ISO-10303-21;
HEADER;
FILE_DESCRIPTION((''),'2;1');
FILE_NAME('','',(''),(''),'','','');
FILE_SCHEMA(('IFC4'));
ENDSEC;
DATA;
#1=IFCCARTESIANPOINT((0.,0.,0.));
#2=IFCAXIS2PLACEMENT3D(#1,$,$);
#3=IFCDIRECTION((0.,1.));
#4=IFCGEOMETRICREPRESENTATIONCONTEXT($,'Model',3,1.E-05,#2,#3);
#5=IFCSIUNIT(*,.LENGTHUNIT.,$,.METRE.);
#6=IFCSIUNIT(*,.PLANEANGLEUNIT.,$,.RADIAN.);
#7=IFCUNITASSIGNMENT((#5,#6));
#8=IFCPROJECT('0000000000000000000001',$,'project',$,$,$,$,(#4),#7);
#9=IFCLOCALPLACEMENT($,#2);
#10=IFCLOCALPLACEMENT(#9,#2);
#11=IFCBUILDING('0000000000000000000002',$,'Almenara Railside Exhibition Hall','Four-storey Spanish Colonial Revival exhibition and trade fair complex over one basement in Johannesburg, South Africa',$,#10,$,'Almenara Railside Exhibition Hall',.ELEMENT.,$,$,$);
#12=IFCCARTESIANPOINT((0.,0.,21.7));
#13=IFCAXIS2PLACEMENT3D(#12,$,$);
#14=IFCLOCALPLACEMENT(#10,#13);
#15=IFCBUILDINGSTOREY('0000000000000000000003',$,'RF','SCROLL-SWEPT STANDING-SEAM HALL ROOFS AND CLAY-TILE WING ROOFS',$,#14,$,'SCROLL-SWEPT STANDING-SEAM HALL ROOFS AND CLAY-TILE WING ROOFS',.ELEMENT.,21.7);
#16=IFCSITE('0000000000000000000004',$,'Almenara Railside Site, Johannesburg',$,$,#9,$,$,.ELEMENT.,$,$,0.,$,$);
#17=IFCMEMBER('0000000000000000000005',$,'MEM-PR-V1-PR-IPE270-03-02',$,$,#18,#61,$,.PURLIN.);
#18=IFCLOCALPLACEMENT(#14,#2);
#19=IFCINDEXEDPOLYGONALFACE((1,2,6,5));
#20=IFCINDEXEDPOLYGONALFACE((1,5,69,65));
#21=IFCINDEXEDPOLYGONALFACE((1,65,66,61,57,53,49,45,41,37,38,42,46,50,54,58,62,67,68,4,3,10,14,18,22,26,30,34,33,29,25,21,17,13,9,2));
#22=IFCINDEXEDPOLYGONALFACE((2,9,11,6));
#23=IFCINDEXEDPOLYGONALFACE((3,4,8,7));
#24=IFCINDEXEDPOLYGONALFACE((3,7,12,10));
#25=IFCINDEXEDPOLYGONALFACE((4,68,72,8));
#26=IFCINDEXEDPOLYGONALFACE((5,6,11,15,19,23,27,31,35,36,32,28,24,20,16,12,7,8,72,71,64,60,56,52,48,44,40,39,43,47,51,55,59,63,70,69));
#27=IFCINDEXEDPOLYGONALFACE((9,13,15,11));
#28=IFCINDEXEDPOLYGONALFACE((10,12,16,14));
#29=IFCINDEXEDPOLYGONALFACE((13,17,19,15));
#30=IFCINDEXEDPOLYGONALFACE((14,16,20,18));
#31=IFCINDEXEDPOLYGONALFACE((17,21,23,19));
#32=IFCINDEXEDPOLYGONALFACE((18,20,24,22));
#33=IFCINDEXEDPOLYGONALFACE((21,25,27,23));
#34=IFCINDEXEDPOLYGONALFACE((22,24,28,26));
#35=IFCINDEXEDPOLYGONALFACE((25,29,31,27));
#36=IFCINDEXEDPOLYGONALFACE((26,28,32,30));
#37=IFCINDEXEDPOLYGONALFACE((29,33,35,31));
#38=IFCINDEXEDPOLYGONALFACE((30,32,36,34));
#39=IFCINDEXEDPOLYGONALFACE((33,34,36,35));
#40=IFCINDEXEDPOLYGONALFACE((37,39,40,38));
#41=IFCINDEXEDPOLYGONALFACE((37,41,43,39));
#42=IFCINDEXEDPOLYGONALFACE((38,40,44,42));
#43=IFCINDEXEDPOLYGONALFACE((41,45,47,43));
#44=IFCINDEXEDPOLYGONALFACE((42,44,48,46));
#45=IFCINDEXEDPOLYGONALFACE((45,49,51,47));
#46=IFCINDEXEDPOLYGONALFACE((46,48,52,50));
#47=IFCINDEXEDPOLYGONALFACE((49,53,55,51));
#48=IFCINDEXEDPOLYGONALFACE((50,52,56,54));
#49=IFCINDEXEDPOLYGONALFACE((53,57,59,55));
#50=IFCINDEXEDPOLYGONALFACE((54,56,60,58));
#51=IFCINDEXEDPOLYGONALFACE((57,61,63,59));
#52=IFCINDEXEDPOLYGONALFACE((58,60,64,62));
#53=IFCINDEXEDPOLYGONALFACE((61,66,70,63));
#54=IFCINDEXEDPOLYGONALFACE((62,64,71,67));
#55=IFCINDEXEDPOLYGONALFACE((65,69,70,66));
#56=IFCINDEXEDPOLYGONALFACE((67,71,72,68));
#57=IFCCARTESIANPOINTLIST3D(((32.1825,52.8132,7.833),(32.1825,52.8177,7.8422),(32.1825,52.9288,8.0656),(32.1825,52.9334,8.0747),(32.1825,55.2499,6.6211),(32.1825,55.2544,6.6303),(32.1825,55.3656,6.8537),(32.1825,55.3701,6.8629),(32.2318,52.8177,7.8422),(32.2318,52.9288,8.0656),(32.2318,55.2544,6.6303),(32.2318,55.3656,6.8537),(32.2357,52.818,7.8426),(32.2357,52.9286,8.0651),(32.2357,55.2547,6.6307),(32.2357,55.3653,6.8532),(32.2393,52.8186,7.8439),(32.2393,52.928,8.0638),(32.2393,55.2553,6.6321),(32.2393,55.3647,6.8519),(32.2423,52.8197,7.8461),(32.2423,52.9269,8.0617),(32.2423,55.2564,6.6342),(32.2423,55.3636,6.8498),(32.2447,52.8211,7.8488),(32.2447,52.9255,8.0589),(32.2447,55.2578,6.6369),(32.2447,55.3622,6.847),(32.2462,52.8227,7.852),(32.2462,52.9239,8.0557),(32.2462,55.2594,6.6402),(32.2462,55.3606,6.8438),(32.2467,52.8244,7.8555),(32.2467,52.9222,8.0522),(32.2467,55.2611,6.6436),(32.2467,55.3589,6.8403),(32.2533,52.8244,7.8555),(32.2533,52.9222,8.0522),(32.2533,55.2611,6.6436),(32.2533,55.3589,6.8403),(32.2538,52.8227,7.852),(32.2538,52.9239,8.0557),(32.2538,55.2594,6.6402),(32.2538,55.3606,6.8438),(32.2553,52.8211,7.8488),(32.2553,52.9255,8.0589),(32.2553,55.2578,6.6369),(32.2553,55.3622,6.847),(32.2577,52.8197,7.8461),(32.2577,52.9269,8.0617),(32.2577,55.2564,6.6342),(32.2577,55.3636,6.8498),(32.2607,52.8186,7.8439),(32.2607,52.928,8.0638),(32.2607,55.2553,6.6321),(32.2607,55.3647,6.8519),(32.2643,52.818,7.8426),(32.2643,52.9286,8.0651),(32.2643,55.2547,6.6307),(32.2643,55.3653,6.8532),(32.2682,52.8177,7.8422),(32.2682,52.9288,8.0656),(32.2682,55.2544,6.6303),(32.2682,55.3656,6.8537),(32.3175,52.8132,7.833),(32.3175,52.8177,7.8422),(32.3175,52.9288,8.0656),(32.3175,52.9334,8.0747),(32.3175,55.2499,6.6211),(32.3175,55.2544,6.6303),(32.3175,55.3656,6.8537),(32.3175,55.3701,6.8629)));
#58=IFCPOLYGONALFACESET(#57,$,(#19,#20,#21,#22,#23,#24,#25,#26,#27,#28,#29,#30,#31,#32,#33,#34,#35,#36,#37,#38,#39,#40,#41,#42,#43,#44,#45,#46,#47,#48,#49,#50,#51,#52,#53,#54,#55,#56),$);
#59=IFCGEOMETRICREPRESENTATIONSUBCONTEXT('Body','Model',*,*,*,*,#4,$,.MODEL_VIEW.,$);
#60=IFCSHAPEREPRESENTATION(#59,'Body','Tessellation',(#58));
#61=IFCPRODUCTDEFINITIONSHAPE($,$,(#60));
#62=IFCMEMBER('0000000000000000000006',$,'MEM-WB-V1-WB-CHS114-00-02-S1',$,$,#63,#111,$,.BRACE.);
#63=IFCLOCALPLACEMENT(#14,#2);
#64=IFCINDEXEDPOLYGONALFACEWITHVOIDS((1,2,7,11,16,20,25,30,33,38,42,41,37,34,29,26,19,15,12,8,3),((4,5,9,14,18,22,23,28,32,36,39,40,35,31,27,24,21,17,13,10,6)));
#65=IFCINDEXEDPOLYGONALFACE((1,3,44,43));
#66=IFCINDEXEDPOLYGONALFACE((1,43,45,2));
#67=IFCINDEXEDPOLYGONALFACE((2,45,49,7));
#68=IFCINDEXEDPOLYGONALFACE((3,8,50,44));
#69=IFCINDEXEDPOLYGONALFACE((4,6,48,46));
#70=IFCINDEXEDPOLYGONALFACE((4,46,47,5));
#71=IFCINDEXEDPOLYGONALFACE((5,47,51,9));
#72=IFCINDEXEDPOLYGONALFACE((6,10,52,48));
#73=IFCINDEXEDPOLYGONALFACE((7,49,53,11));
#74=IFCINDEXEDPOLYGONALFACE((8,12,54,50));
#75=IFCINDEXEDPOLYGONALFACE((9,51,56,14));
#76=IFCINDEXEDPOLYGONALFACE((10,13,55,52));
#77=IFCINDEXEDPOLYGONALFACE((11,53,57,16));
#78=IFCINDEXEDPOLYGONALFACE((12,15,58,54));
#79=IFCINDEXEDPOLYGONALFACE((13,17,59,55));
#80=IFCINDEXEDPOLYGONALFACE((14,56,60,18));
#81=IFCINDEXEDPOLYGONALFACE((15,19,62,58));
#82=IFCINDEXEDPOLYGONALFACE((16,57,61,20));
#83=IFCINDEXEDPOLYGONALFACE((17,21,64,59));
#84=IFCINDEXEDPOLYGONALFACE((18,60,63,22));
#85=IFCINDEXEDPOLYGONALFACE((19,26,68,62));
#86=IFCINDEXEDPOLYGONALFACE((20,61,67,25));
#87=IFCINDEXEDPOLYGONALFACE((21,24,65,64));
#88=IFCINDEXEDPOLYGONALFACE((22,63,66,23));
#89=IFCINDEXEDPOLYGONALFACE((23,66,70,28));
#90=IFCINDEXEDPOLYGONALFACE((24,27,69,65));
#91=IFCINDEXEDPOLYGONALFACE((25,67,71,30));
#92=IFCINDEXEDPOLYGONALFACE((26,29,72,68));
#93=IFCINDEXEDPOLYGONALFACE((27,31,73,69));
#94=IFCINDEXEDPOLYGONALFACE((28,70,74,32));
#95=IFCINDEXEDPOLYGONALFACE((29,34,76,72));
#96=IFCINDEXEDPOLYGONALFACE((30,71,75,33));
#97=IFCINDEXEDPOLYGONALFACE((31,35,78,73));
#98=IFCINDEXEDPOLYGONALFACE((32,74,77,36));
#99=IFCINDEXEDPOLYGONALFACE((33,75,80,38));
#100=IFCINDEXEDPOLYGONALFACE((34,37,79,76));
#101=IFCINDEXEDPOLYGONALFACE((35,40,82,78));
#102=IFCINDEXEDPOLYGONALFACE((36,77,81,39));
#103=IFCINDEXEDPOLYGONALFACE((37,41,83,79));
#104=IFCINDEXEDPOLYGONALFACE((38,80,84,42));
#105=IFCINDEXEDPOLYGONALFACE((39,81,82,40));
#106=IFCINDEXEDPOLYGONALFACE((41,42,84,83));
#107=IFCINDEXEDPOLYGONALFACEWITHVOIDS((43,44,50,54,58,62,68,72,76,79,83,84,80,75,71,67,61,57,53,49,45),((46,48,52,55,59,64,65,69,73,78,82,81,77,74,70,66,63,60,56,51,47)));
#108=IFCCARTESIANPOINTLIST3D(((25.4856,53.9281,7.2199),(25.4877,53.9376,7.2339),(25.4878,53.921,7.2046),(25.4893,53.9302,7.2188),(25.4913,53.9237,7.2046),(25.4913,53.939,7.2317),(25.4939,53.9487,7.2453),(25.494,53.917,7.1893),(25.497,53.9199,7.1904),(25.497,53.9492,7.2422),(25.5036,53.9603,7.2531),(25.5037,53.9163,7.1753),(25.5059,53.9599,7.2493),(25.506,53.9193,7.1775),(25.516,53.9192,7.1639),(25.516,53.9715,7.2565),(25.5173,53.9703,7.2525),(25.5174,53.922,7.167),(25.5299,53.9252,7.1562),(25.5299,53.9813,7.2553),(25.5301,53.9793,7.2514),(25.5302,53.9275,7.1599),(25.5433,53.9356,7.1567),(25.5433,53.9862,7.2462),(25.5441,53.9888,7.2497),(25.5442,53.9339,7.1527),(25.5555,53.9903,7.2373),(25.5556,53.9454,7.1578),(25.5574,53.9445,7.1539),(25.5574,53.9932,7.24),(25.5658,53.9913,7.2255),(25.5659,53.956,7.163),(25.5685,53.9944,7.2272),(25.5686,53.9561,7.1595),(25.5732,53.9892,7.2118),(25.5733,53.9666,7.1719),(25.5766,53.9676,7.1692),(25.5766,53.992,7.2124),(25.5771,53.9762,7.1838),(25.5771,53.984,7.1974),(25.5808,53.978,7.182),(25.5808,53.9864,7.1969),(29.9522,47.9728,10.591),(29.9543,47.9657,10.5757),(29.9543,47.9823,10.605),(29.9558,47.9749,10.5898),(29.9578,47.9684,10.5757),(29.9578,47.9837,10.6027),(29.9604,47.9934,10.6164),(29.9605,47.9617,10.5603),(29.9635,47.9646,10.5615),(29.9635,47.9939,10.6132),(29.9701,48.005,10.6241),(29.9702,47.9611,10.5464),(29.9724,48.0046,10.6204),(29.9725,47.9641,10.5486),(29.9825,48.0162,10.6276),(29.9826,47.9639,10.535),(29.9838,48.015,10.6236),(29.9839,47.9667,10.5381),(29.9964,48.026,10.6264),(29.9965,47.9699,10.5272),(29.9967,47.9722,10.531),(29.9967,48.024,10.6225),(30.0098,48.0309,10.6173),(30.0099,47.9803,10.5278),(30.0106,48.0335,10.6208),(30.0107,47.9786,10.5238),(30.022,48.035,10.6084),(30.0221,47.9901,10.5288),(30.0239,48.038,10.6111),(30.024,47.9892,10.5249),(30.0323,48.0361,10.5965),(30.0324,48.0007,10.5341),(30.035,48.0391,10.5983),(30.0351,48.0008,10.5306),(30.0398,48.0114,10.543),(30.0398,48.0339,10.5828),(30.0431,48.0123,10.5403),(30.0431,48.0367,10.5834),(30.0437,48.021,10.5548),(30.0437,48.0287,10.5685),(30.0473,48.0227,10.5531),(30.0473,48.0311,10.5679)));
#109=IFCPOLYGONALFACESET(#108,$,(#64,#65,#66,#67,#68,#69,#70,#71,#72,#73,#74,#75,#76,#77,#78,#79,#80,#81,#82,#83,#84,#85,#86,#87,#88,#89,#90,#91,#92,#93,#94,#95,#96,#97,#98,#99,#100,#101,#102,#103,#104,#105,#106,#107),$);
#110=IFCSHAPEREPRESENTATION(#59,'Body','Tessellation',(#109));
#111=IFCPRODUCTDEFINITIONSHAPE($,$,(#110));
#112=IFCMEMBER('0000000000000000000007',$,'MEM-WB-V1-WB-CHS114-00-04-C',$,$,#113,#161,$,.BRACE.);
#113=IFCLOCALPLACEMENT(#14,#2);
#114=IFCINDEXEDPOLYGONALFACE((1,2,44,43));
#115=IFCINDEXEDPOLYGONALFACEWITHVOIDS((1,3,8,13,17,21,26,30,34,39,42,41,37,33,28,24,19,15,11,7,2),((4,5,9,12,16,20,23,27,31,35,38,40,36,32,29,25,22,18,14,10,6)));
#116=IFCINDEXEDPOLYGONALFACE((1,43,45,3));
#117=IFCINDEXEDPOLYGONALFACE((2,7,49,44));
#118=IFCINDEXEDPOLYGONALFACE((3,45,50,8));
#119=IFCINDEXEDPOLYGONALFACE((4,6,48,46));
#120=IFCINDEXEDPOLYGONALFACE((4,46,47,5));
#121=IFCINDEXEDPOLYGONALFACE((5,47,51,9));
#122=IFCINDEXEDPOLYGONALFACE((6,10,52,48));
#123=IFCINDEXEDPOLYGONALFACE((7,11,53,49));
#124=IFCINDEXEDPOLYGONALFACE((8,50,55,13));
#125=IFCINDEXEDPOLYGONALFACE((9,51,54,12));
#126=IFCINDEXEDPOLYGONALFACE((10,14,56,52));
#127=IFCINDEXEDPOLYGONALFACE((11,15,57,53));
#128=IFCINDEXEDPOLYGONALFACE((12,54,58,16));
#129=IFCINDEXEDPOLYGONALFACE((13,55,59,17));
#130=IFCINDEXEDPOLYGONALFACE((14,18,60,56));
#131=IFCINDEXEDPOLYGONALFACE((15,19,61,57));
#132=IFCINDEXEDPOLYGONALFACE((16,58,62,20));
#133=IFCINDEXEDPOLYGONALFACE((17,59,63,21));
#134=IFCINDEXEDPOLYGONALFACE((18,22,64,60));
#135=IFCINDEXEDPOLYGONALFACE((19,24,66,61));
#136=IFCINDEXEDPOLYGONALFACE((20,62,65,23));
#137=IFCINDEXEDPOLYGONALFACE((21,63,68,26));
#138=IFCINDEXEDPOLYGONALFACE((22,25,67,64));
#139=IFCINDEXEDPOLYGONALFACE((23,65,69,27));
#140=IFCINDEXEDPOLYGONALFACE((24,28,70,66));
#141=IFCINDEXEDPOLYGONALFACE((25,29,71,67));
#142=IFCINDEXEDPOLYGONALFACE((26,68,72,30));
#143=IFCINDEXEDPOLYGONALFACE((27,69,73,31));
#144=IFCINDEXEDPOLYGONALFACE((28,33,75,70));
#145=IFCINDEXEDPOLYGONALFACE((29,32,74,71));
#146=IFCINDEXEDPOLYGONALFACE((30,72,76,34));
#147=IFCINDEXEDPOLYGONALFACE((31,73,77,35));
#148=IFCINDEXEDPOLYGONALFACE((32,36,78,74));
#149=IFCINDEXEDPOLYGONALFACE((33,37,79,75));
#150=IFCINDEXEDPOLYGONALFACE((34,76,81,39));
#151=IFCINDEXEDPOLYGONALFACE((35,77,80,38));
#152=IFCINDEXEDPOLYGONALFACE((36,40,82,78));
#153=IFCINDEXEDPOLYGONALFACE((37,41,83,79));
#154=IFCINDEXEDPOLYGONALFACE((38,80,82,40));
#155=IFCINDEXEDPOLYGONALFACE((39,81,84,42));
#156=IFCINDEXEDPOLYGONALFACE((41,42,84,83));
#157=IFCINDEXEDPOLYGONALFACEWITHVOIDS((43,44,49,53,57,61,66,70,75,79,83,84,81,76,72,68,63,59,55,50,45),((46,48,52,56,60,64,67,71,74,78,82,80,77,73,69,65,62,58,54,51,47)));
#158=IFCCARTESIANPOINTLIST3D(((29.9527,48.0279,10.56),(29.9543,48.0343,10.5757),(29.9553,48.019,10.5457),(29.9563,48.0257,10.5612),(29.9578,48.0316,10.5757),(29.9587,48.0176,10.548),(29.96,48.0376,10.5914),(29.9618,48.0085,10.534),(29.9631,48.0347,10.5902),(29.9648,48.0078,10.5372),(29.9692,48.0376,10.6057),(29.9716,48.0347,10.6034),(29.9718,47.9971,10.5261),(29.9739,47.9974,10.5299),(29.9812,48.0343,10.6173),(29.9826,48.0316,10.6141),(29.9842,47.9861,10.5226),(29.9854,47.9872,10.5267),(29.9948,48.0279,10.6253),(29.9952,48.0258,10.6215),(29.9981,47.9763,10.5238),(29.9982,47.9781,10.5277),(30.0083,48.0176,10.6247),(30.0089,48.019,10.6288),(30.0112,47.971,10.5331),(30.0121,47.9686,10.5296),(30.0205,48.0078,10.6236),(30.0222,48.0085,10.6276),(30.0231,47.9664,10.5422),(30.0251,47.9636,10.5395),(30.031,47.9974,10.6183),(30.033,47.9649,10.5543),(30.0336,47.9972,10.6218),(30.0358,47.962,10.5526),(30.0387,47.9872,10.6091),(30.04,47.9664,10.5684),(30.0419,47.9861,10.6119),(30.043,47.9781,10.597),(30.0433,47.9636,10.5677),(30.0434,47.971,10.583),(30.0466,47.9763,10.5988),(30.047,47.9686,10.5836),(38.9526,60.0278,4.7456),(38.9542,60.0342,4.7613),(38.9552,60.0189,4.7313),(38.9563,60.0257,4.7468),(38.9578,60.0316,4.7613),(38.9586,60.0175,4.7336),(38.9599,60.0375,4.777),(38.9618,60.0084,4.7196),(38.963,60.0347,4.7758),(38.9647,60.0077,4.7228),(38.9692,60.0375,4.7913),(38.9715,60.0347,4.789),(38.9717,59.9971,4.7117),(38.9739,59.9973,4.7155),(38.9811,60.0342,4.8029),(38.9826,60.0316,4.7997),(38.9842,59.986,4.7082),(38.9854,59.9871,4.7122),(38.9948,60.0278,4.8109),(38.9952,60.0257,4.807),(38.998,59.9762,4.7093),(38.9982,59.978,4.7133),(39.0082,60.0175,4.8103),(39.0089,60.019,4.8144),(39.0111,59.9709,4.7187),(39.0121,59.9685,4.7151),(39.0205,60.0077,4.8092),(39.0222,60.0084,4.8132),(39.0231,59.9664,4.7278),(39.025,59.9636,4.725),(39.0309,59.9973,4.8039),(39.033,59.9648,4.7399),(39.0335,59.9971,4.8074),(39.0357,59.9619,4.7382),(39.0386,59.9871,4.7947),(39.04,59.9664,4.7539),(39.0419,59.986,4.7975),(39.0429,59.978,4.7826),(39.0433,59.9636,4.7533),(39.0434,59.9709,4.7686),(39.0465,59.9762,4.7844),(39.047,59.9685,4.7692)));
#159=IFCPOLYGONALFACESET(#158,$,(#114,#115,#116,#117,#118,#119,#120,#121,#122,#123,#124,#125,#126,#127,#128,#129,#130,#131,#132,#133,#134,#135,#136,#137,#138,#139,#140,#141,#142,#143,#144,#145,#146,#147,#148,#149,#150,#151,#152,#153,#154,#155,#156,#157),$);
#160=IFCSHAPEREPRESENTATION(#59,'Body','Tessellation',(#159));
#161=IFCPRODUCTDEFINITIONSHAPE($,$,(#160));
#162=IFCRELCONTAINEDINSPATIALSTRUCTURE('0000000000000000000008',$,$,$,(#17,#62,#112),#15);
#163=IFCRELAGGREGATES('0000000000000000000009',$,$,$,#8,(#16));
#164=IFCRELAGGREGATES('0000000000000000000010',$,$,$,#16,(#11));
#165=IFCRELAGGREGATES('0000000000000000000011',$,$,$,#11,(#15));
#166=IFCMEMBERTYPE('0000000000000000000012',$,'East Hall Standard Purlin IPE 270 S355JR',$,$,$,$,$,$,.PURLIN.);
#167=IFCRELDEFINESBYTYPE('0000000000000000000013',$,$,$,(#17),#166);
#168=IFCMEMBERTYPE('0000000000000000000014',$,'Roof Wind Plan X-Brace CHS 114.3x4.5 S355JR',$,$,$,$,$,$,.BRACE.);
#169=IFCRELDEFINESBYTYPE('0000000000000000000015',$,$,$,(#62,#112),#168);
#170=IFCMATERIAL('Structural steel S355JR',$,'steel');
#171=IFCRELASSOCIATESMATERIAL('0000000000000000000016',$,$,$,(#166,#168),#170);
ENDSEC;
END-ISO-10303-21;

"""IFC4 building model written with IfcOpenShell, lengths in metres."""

from ifc_helpers import new_model, si_unit, direction, frame, origin, origin_2d, place, context, subcontext, project, spatial, hollow_circle, i_section, extrude, material, material_profile, profile_set, type_object, element, save


model = new_model("IFC4")

# Units and contexts
model_context = context("Model", 3, precision=1e-05, world=origin(), true_north=direction((0.0, 1.0)))
body_context = subcontext(model_context, "Body", "Model", "MODEL_VIEW")
ifc_project = project(units=[si_unit("LENGTHUNIT", "METRE"), si_unit("PLANEANGLEUNIT", "RADIAN")], contexts=[model_context])

# Site, building, storey
site_placement = place(None, origin())
site = spatial("IfcSite", under=ifc_project, at=site_placement, Name="Almenara Railside Site, Johannesburg", CompositionType="ELEMENT", RefElevation=0.0)
building_placement = place(site_placement, origin())
building = spatial("IfcBuilding", under=site, at=building_placement, Name="Almenara Railside Exhibition Hall", Description="Four-storey Spanish Colonial Revival exhibition and trade fair complex over one basement in Johannesburg, South Africa", LongName="Almenara Railside Exhibition Hall", CompositionType="ELEMENT")
storey_placement = place(building_placement, frame((0.0, 0.0, 21.7)))
storey = spatial("IfcBuildingStorey", under=building, at=storey_placement, Name="RF", Description="SCROLL-SWEPT STANDING-SEAM HALL ROOFS AND CLAY-TILE WING ROOFS", LongName="SCROLL-SWEPT STANDING-SEAM HALL ROOFS AND CLAY-TILE WING ROOFS", CompositionType="ELEMENT", Elevation=21.7)

# Shared definitions
ifc_material_1 = material(Name="Structural steel S355JR", Category="steel")

# Members
ifc_material_profile_1 = material_profile(ifc_material_1, i_section(OverallWidth=0.135, OverallDepth=0.27, WebThickness=0.0066, FlangeThickness=0.0103, FilletRadius=0.0149, at=origin_2d()), Name="IPE 270")
ifc_profile_set_1 = profile_set([ifc_material_profile_1], Name="Structural steel S355JR")
member_type_1 = type_object("IfcMemberType", Name="East Hall Standard Purlin IPE 270 S355JR", PredefinedType="PURLIN", material=ifc_profile_set_1)
member_1_placement = place(storey_placement, frame((32.25, 52.8733, 7.9539), z_axis=(0.0, 0.895376, -0.445311), x_axis=(-1.0, 0.0, 0.0)))
element("IfcMember", 1, at=member_1_placement, inside=storey, type_object=member_type_1, Name="MEM-PR-V1-PR-IPE270-03-02", PredefinedType="PURLIN", context=body_context, shape_type="SweptSolid", body=[
    extrude(i_section(OverallWidth=0.135, OverallDepth=0.27, WebThickness=0.0066, FlangeThickness=0.0103, FilletRadius=0.0149, at=origin_2d()), origin(), (0.0, 0.0, 1.0), 2.7214),
])
ifc_material_profile_2 = material_profile(ifc_material_1, hollow_circle(Radius=0.0571, WallThickness=0.0044, at=origin_2d()), Name="CHS 114.3x4.5")
ifc_profile_set_2 = profile_set([ifc_material_profile_2], Name="Structural steel S355JR")
member_type_2 = type_object("IfcMemberType", Name="Roof Wind Plan X-Brace CHS 114.3x4.5 S355JR", PredefinedType="BRACE", material=ifc_profile_set_2)
member_2_placement = place(storey_placement, frame((30.0, 48.0, 10.5757), z_axis=(-0.546573, 0.728755, -0.412522), x_axis=(-0.799996, -0.600005, 0.0)))
element("IfcMember", 2, at=member_2_placement, inside=storey, type_object=member_type_2, Name="MEM-WB-V1-WB-CHS114-00-02-S1", PredefinedType="BRACE", context=body_context, shape_type="SweptSolid", body=[
    extrude(hollow_circle(Radius=0.0571, WallThickness=0.0044, at=origin_2d()), origin(), (0.0, 0.0, 1.0), 8.1719),
])
member_3_placement = place(storey_placement, frame((30.0, 48.0, 10.5757), z_axis=(0.55944, 0.74592, -0.361427), x_axis=(-0.8, 0.6, 0.0)))
element("IfcMember", 3, at=member_3_placement, inside=storey, type_object=member_type_2, Name="MEM-WB-V1-WB-CHS114-00-04-C", PredefinedType="BRACE", context=body_context, shape_type="SweptSolid", body=[
    extrude(hollow_circle(Radius=0.0571, WallThickness=0.0044, at=origin_2d()), origin(), (0.0, 0.0, 1.0), 16.0874),
])

save(model, "model.ifc")
